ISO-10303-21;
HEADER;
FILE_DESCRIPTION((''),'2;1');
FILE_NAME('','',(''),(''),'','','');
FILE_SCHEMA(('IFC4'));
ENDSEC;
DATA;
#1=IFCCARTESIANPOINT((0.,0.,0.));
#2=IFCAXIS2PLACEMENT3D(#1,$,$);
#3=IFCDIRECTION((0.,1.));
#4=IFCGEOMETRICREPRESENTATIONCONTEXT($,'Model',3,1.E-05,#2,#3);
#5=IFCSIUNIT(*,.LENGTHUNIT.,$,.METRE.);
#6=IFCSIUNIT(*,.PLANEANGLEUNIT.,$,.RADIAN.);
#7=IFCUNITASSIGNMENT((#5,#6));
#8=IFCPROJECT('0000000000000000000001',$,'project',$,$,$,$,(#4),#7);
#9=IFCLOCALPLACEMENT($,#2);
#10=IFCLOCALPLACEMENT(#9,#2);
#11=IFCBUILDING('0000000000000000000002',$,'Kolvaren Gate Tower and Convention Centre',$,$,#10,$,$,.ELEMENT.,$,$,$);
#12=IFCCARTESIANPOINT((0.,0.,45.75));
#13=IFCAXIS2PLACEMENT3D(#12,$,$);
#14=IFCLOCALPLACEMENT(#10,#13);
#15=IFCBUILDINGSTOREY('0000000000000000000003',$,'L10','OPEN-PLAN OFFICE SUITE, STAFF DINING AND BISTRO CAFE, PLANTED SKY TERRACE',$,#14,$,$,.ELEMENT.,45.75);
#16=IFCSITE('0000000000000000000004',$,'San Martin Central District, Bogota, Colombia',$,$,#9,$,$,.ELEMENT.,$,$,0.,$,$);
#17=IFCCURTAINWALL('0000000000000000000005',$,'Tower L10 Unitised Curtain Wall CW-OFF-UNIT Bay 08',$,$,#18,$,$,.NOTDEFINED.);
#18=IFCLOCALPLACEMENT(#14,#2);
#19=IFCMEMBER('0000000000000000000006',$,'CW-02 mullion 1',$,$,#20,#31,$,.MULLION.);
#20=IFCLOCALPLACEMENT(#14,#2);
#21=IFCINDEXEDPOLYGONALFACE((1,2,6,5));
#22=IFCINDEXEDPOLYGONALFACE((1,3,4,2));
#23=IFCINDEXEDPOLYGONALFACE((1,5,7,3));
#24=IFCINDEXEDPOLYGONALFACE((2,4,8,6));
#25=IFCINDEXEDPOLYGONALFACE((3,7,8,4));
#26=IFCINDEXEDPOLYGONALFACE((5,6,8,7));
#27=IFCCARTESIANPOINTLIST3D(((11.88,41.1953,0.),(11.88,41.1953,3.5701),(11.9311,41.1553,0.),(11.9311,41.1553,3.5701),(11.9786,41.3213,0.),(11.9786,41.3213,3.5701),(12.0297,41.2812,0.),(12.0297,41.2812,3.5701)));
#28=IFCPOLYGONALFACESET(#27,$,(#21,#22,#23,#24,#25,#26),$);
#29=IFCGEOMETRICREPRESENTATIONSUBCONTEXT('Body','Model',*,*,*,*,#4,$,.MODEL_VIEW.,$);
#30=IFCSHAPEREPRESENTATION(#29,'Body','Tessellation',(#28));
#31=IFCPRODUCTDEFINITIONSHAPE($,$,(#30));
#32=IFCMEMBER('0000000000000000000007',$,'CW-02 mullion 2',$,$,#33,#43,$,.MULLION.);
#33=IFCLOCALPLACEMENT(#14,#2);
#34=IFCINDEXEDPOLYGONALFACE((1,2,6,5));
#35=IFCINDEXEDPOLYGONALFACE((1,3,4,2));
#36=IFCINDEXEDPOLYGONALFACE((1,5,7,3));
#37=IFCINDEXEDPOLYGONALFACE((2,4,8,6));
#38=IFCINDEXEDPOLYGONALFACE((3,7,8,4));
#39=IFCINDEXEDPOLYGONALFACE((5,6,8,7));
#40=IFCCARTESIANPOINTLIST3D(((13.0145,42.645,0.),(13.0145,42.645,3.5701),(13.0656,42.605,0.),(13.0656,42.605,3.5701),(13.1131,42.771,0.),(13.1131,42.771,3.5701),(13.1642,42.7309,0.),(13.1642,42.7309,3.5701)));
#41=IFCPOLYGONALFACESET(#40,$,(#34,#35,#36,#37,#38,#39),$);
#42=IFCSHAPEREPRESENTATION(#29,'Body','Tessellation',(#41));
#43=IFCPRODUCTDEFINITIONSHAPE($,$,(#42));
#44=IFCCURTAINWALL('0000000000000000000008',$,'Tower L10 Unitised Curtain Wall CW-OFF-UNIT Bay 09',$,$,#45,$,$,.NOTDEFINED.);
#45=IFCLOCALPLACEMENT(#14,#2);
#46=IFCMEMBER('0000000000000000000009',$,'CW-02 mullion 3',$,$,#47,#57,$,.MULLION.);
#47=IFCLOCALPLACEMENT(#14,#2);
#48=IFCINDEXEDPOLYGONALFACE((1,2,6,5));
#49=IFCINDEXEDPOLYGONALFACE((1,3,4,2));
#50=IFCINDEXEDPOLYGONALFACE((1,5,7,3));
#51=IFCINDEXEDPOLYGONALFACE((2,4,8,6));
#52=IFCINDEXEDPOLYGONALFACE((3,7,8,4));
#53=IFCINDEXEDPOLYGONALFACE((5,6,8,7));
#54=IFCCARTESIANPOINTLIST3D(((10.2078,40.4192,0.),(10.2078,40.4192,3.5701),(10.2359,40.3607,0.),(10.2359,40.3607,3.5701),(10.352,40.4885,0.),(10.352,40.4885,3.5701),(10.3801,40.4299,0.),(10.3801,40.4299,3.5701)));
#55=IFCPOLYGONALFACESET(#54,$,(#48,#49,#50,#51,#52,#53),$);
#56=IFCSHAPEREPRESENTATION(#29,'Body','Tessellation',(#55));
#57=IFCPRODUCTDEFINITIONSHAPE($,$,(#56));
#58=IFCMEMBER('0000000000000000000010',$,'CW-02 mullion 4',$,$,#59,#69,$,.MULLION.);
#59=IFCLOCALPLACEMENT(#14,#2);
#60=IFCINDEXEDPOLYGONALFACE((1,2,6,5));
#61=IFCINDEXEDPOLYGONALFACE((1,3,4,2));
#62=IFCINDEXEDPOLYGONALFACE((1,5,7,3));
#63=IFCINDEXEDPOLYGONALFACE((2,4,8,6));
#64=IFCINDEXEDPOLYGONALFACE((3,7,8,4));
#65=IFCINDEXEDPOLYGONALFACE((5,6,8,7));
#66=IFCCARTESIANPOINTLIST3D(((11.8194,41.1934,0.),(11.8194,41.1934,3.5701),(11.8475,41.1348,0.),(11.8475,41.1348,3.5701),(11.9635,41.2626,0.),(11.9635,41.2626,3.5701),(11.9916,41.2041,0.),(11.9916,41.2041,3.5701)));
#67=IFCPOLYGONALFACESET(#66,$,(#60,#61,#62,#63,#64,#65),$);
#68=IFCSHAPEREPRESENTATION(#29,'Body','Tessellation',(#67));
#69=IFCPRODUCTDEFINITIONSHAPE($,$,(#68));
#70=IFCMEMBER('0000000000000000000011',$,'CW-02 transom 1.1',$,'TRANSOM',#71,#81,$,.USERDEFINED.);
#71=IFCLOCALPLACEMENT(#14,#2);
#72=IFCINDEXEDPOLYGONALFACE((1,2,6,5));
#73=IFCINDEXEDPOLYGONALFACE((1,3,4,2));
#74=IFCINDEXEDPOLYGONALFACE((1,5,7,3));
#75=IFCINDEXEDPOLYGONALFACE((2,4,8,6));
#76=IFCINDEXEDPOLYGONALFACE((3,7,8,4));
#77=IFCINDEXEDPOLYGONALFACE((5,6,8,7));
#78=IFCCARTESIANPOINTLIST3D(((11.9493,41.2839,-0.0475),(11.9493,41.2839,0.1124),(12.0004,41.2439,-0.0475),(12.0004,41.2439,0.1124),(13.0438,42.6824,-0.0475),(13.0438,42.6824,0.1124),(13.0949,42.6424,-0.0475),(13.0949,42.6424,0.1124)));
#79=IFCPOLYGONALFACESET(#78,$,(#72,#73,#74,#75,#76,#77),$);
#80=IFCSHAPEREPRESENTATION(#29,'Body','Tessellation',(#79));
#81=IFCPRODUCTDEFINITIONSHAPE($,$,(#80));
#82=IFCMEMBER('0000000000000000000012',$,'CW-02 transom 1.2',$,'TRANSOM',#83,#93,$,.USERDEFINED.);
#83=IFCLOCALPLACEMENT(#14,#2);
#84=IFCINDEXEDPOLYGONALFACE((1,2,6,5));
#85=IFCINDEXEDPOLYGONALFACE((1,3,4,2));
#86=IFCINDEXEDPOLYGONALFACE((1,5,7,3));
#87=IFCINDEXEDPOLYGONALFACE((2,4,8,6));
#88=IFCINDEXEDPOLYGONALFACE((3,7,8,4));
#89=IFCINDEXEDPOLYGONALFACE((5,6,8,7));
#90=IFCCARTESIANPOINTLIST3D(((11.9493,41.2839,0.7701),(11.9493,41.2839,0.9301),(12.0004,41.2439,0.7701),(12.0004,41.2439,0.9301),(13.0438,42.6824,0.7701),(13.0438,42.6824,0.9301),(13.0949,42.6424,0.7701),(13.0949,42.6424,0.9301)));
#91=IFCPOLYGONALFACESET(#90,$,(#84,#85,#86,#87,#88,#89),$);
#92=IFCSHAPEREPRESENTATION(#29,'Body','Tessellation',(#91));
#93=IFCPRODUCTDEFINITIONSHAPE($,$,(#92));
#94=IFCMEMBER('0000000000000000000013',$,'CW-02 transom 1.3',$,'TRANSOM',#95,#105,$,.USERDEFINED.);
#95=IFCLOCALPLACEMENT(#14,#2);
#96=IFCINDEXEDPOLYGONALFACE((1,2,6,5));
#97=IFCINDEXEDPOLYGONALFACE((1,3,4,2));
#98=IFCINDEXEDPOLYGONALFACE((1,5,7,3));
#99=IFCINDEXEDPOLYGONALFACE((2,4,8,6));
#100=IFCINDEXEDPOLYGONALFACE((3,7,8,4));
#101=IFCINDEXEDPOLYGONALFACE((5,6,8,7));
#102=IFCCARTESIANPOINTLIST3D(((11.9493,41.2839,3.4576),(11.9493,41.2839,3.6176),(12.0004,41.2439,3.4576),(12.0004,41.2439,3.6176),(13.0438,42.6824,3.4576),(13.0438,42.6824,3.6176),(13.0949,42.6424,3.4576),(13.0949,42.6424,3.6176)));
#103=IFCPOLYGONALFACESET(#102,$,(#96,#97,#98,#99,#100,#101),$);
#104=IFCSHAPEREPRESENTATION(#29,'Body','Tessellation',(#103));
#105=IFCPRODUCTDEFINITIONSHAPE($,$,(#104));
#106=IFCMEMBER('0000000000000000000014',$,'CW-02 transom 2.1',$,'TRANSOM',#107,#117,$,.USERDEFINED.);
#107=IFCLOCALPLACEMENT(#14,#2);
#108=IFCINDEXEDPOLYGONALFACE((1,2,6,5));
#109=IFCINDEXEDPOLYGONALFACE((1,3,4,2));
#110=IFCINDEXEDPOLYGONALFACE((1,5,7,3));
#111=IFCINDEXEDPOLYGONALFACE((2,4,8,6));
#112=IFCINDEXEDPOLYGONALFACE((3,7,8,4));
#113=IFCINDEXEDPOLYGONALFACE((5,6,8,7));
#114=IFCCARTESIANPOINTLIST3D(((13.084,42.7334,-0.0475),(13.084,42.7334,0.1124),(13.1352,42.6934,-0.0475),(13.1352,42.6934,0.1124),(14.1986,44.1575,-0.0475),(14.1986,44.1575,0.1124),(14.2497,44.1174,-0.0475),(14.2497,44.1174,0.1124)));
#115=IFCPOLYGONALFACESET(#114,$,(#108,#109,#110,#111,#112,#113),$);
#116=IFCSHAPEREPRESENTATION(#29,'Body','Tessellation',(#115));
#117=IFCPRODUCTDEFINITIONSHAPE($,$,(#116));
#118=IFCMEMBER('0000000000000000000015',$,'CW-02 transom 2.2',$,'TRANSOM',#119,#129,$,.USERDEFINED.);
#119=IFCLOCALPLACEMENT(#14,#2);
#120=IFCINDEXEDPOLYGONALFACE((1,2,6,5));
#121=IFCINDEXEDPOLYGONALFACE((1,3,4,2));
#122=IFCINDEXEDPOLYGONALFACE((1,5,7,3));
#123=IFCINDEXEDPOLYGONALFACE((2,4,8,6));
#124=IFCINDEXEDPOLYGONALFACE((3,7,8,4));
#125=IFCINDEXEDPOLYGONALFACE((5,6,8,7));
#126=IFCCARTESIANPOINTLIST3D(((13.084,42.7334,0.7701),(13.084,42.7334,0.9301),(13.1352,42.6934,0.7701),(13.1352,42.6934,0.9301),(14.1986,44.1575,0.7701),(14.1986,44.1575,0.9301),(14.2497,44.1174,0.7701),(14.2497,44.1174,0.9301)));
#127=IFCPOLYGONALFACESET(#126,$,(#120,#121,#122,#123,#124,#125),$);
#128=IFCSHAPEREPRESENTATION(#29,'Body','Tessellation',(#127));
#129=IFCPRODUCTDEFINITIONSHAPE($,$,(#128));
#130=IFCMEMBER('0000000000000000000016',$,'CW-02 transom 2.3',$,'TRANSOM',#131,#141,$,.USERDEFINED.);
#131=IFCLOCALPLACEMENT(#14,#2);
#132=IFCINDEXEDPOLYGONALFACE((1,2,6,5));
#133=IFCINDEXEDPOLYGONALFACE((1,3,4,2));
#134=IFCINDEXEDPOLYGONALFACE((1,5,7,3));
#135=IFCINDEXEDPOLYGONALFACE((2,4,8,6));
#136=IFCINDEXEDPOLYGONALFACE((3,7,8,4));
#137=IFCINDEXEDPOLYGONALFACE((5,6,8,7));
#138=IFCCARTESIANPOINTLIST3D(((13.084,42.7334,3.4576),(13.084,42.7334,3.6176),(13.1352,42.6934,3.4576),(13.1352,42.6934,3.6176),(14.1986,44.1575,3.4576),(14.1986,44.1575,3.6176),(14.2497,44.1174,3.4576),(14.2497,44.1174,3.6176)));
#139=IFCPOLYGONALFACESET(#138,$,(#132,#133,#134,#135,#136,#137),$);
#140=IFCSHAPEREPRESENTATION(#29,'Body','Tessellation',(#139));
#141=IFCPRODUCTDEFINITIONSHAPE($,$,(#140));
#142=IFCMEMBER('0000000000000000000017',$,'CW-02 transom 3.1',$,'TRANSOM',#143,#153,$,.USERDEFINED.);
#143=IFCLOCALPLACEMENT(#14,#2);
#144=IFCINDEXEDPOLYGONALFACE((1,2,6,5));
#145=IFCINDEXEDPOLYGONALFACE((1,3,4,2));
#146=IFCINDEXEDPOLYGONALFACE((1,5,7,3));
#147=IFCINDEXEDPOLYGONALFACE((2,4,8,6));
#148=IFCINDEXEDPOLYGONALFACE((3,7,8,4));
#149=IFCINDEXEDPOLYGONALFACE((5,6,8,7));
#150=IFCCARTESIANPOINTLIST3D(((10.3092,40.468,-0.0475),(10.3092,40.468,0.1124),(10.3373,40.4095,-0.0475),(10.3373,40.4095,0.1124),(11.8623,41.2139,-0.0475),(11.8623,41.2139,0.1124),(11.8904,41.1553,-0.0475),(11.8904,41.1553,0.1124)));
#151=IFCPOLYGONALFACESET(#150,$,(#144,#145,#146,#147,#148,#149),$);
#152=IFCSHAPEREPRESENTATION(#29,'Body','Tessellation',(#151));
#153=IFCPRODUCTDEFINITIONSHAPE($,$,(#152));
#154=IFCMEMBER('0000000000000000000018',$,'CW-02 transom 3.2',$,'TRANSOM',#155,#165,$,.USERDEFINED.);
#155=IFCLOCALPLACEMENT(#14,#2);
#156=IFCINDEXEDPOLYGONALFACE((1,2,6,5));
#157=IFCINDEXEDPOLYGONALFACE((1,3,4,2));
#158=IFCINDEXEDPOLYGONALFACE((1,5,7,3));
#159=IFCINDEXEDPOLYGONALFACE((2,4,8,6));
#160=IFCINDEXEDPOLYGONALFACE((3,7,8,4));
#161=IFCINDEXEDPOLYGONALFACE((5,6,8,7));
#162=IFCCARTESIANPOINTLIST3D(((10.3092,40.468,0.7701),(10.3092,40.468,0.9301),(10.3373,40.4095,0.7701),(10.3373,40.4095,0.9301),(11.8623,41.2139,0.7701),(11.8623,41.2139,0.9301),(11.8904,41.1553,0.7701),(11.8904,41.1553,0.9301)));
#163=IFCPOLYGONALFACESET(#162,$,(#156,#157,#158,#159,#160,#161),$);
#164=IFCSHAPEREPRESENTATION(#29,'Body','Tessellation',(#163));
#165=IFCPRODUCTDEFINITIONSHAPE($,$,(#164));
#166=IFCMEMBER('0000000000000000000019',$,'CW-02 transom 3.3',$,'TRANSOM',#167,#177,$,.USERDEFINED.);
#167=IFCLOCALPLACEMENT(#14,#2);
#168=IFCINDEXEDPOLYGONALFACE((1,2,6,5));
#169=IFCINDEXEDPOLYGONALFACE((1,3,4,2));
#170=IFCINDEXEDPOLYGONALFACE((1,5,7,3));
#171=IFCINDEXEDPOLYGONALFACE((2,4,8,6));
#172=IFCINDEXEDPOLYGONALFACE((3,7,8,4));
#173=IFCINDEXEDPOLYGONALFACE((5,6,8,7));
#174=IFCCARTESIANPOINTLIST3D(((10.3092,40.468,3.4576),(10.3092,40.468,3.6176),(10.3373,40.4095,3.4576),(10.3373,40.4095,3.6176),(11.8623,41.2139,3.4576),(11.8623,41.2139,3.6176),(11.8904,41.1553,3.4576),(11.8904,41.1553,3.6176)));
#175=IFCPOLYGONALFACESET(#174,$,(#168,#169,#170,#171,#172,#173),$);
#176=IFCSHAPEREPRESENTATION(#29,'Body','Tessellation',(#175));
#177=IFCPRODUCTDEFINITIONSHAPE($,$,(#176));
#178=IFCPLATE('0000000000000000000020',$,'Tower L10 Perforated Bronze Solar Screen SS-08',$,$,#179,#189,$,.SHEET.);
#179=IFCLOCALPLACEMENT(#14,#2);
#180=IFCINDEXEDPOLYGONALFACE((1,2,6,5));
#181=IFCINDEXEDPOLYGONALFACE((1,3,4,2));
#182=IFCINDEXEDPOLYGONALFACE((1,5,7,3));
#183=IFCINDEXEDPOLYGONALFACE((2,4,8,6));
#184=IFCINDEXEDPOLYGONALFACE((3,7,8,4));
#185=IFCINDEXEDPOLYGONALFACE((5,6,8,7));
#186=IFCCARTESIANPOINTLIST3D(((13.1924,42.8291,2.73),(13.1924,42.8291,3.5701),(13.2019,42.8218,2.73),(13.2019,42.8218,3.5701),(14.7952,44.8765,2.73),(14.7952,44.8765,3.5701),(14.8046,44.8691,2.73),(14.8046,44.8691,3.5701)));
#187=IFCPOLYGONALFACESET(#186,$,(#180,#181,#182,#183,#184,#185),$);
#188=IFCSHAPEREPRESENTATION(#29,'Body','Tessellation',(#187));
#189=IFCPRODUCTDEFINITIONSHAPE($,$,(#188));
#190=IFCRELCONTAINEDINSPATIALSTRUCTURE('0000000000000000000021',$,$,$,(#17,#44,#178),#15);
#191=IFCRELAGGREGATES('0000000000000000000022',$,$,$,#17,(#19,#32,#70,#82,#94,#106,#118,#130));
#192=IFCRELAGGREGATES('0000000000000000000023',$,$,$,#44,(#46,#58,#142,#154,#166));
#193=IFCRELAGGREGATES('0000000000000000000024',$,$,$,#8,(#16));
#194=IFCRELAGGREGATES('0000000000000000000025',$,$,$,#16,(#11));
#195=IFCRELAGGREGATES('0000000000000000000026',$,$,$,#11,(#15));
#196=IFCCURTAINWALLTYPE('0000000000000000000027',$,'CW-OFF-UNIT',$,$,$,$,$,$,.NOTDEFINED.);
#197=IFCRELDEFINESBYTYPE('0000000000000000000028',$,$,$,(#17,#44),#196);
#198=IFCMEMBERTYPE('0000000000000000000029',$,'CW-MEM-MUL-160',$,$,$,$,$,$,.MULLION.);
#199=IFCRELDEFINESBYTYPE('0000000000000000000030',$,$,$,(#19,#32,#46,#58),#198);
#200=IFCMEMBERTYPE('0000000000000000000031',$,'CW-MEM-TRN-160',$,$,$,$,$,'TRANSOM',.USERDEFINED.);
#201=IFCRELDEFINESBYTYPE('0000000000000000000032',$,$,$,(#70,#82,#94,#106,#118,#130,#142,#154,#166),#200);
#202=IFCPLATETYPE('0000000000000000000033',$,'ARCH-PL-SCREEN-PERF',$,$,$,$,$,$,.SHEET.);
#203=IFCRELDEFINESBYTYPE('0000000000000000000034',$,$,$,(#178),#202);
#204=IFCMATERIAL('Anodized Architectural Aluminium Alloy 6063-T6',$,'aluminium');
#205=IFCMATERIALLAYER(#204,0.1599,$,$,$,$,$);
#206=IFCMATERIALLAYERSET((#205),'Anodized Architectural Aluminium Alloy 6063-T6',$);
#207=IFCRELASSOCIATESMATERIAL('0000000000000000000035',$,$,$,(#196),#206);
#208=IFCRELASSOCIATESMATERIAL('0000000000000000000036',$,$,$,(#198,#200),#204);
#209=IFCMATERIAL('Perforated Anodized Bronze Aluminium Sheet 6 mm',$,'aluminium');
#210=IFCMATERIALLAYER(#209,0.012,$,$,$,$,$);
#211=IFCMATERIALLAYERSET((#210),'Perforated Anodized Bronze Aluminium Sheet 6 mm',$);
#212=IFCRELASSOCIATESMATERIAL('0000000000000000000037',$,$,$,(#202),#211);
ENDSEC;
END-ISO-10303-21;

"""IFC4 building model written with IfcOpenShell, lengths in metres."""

from ifc_helpers import new_model, si_unit, direction, frame, origin, origin_2d, place, context, subcontext, project, spatial, rectangle, extrude, material, layer, layer_set, material_profile, profile_set, type_object, element, aggregate, save


model = new_model("IFC4")

# Units and contexts
model_context = context("Model", 3, precision=1e-05, world=origin(), true_north=direction((0.0, 1.0)))
body_context = subcontext(model_context, "Body", "Model", "MODEL_VIEW")
ifc_project = project(units=[si_unit("LENGTHUNIT", "METRE"), si_unit("PLANEANGLEUNIT", "RADIAN")], contexts=[model_context])

# Site, building, storey
site_placement = place(None, origin())
site = spatial("IfcSite", under=ifc_project, at=site_placement, Name="San Martin Central District, Bogota, Colombia", CompositionType="ELEMENT", RefElevation=0.0)
building_placement = place(site_placement, origin())
building = spatial("IfcBuilding", under=site, at=building_placement, Name="Kolvaren Gate Tower and Convention Centre", CompositionType="ELEMENT")
storey_placement = place(building_placement, frame((0.0, 0.0, 45.75)))
storey = spatial("IfcBuildingStorey", under=building, at=storey_placement, Name="L10", Description="OPEN-PLAN OFFICE SUITE, STAFF DINING AND BISTRO CAFE, PLANTED SKY TERRACE", CompositionType="ELEMENT", Elevation=45.75)

# Curtain walls, members
ifc_material_1 = material(Name="Anodized Architectural Aluminium Alloy 6063-T6", Category="aluminium")
ifc_layer_1 = layer(ifc_material_1, 0.1599)
ifc_layer_set_1 = layer_set([ifc_layer_1], Name="Anodized Architectural Aluminium Alloy 6063-T6")
curtain_wall_type = type_object("IfcCurtainWallType", Name="CW-OFF-UNIT", PredefinedType="NOTDEFINED", material=ifc_layer_set_1)
curtain_wall_1_placement = place(storey_placement, origin())
curtain_wall_1 = element("IfcCurtainWall", 1, at=curtain_wall_1_placement, inside=storey, type_object=curtain_wall_type, Name="Tower L10 Unitised Curtain Wall CW-OFF-UNIT Bay 08", PredefinedType="NOTDEFINED")
ifc_material_profile_1 = material_profile(ifc_material_1, rectangle(XDim=0.0649, YDim=0.1599, at=origin_2d()), Name="CW-MEM-MUL-160")
ifc_profile_set_1 = profile_set([ifc_material_profile_1], Name="Anodized Architectural Aluminium Alloy 6063-T6")
member_type_1 = type_object("IfcMemberType", Name="CW-MEM-MUL-160", PredefinedType="MULLION", material=ifc_profile_set_1)
member_1_placement = place(storey_placement, frame((11.9548, 41.2383, 0.0), z_axis=(0.0, 0.0, 1.0), x_axis=(-0.787417, 0.616421, 0.0)))
member_1 = element("IfcMember", 2, at=member_1_placement, type_object=member_type_1, Name="CW-02 mullion 1", PredefinedType="MULLION", context=body_context, shape_type="SweptSolid", body=[
    extrude(rectangle(XDim=0.0649, YDim=0.1599, at=origin_2d()), origin(), (0.0, 0.0, 1.0), 3.5701),
])
member_2_placement = place(storey_placement, frame((13.0894, 42.688, 0.0), z_axis=(0.0, 0.0, 1.0), x_axis=(-0.787417, 0.616421, 0.0)))
member_2 = element("IfcMember", 3, at=member_2_placement, type_object=member_type_1, Name="CW-02 mullion 2", PredefinedType="MULLION", context=body_context, shape_type="SweptSolid", body=[
    extrude(rectangle(XDim=0.0649, YDim=0.1599, at=origin_2d()), origin(), (0.0, 0.0, 1.0), 3.5701),
])
curtain_wall_2_placement = place(storey_placement, origin())
curtain_wall_2 = element("IfcCurtainWall", 4, at=curtain_wall_2_placement, inside=storey, type_object=curtain_wall_type, Name="Tower L10 Unitised Curtain Wall CW-OFF-UNIT Bay 09", PredefinedType="NOTDEFINED")
member_3_placement = place(storey_placement, frame((10.2939, 40.4246, 0.0), z_axis=(0.0, 0.0, 1.0), x_axis=(-0.433057, 0.901367, 0.0)))
member_3 = element("IfcMember", 5, at=member_3_placement, type_object=member_type_1, Name="CW-02 mullion 3", PredefinedType="MULLION", context=body_context, shape_type="SweptSolid", body=[
    extrude(rectangle(XDim=0.0649, YDim=0.1599, at=origin_2d()), origin(), (0.0, 0.0, 1.0), 3.5701),
])
member_4_placement = place(storey_placement, frame((11.9055, 41.1987, 0.0), z_axis=(0.0, 0.0, 1.0), x_axis=(-0.433057, 0.901367, 0.0)))
member_4 = element("IfcMember", 6, at=member_4_placement, type_object=member_type_1, Name="CW-02 mullion 4", PredefinedType="MULLION", context=body_context, shape_type="SweptSolid", body=[
    extrude(rectangle(XDim=0.0649, YDim=0.1599, at=origin_2d()), origin(), (0.0, 0.0, 1.0), 3.5701),
])

# Members
ifc_material_profile_2 = material_profile(ifc_material_1, rectangle(XDim=0.0649, YDim=0.1599, at=origin_2d()), Name="CW-MEM-TRN-160")
ifc_profile_set_2 = profile_set([ifc_material_profile_2], Name="Anodized Architectural Aluminium Alloy 6063-T6")
member_type_2 = type_object("IfcMemberType", Name="CW-MEM-TRN-160", ElementType="TRANSOM", PredefinedType="USERDEFINED", material=ifc_profile_set_2)
member_5_placement = place(storey_placement, frame((11.9749, 41.2639, 0.0325), z_axis=(0.616327, 0.78749, 0.0), x_axis=(-0.78749, 0.616327, 0.0)))
member_5 = element("IfcMember", 7, at=member_5_placement, type_object=member_type_2, Name="CW-02 transom 1.1", ObjectType="TRANSOM", PredefinedType="USERDEFINED", context=body_context, shape_type="SweptSolid", body=[
    extrude(rectangle(XDim=0.0649, YDim=0.1599, at=origin_2d()), origin(), (0.0, 0.0, 1.0), 1.7759),
])
member_6_placement = place(storey_placement, frame((11.9749, 41.2639, 0.8501), z_axis=(0.616327, 0.78749, 0.0), x_axis=(-0.78749, 0.616327, 0.0)))
member_6 = element("IfcMember", 8, at=member_6_placement, type_object=member_type_2, Name="CW-02 transom 1.2", ObjectType="TRANSOM", PredefinedType="USERDEFINED", context=body_context, shape_type="SweptSolid", body=[
    extrude(rectangle(XDim=0.0649, YDim=0.1599, at=origin_2d()), origin(), (0.0, 0.0, 1.0), 1.7759),
])
member_7_placement = place(storey_placement, frame((11.9749, 41.2639, 3.5376), z_axis=(0.616327, 0.78749, 0.0), x_axis=(-0.78749, 0.616327, 0.0)))
member_7 = element("IfcMember", 9, at=member_7_placement, type_object=member_type_2, Name="CW-02 transom 1.3", ObjectType="TRANSOM", PredefinedType="USERDEFINED", context=body_context, shape_type="SweptSolid", body=[
    extrude(rectangle(XDim=0.0649, YDim=0.1599, at=origin_2d()), origin(), (0.0, 0.0, 1.0), 1.7759),
])
member_8_placement = place(storey_placement, frame((13.1096, 42.7134, 0.0325), z_axis=(0.616312, 0.787502, 0.0), x_axis=(-0.787502, 0.616312, 0.0)))
member_8 = element("IfcMember", 10, at=member_8_placement, type_object=member_type_2, Name="CW-02 transom 2.1", ObjectType="TRANSOM", PredefinedType="USERDEFINED", context=body_context, shape_type="SweptSolid", body=[
    extrude(rectangle(XDim=0.0649, YDim=0.1599, at=origin_2d()), origin(), (0.0, 0.0, 1.0), 1.8083),
])
member_9_placement = place(storey_placement, frame((13.1096, 42.7134, 0.8501), z_axis=(0.616312, 0.787502, 0.0), x_axis=(-0.787502, 0.616312, 0.0)))
member_9 = element("IfcMember", 11, at=member_9_placement, type_object=member_type_2, Name="CW-02 transom 2.2", ObjectType="TRANSOM", PredefinedType="USERDEFINED", context=body_context, shape_type="SweptSolid", body=[
    extrude(rectangle(XDim=0.0649, YDim=0.1599, at=origin_2d()), origin(), (0.0, 0.0, 1.0), 1.8083),
])
member_10_placement = place(storey_placement, frame((13.1096, 42.7134, 3.5376), z_axis=(0.616312, 0.787502, 0.0), x_axis=(-0.787502, 0.616312, 0.0)))
member_10 = element("IfcMember", 12, at=member_10_placement, type_object=member_type_2, Name="CW-02 transom 2.3", ObjectType="TRANSOM", PredefinedType="USERDEFINED", context=body_context, shape_type="SweptSolid", body=[
    extrude(rectangle(XDim=0.0649, YDim=0.1599, at=origin_2d()), origin(), (0.0, 0.0, 1.0), 1.8083),
])
member_11_placement = place(storey_placement, frame((10.3232, 40.4387, 0.0325), z_axis=(0.901428, 0.432929, 0.0), x_axis=(-0.432929, 0.901428, 0.0)))
member_11 = element("IfcMember", 13, at=member_11_placement, type_object=member_type_2, Name="CW-02 transom 3.1", ObjectType="TRANSOM", PredefinedType="USERDEFINED", context=body_context, shape_type="SweptSolid", body=[
    extrude(rectangle(XDim=0.0649, YDim=0.1599, at=origin_2d()), origin(), (0.0, 0.0, 1.0), 1.7229),
])
member_12_placement = place(storey_placement, frame((10.3232, 40.4387, 0.8501), z_axis=(0.901428, 0.432929, 0.0), x_axis=(-0.432929, 0.901428, 0.0)))
member_12 = element("IfcMember", 14, at=member_12_placement, type_object=member_type_2, Name="CW-02 transom 3.2", ObjectType="TRANSOM", PredefinedType="USERDEFINED", context=body_context, shape_type="SweptSolid", body=[
    extrude(rectangle(XDim=0.0649, YDim=0.1599, at=origin_2d()), origin(), (0.0, 0.0, 1.0), 1.7229),
])
member_13_placement = place(storey_placement, frame((10.3232, 40.4387, 3.5376), z_axis=(0.901428, 0.432929, 0.0), x_axis=(-0.432929, 0.901428, 0.0)))
member_13 = element("IfcMember", 15, at=member_13_placement, type_object=member_type_2, Name="CW-02 transom 3.3", ObjectType="TRANSOM", PredefinedType="USERDEFINED", context=body_context, shape_type="SweptSolid", body=[
    extrude(rectangle(XDim=0.0649, YDim=0.1599, at=origin_2d()), origin(), (0.0, 0.0, 1.0), 1.7229),
])

# Plate
ifc_material_2 = material(Name="Perforated Anodized Bronze Aluminium Sheet 6 mm", Category="aluminium")
ifc_layer_2 = layer(ifc_material_2, 0.012)
ifc_layer_set_2 = layer_set([ifc_layer_2], Name="Perforated Anodized Bronze Aluminium Sheet 6 mm")
plate_type_1 = type_object("IfcPlateType", Name="ARCH-PL-SCREEN-PERF", PredefinedType="SHEET", material=ifc_layer_set_2)
plate_1_placement = place(storey_placement, frame((13.9985, 43.8491, 2.73), z_axis=(0.0, 0.0, 1.0), x_axis=(0.616424, 0.787414, 0.0)))
element("IfcPlate", 16, at=plate_1_placement, inside=storey, type_object=plate_type_1, Name="Tower L10 Perforated Bronze Solar Screen SS-08", PredefinedType="SHEET", context=body_context, shape_type="SweptSolid", body=[
    extrude(rectangle(XDim=2.6001, YDim=0.012, at=origin_2d()), origin(), (0.0, 0.0, 1.0), 0.8401),
])
aggregate(curtain_wall_1, [member_1, member_2, member_5, member_6, member_7, member_8, member_9, member_10])
aggregate(curtain_wall_2, [member_3, member_4, member_11, member_12, member_13])

save(model, "model.ifc")
